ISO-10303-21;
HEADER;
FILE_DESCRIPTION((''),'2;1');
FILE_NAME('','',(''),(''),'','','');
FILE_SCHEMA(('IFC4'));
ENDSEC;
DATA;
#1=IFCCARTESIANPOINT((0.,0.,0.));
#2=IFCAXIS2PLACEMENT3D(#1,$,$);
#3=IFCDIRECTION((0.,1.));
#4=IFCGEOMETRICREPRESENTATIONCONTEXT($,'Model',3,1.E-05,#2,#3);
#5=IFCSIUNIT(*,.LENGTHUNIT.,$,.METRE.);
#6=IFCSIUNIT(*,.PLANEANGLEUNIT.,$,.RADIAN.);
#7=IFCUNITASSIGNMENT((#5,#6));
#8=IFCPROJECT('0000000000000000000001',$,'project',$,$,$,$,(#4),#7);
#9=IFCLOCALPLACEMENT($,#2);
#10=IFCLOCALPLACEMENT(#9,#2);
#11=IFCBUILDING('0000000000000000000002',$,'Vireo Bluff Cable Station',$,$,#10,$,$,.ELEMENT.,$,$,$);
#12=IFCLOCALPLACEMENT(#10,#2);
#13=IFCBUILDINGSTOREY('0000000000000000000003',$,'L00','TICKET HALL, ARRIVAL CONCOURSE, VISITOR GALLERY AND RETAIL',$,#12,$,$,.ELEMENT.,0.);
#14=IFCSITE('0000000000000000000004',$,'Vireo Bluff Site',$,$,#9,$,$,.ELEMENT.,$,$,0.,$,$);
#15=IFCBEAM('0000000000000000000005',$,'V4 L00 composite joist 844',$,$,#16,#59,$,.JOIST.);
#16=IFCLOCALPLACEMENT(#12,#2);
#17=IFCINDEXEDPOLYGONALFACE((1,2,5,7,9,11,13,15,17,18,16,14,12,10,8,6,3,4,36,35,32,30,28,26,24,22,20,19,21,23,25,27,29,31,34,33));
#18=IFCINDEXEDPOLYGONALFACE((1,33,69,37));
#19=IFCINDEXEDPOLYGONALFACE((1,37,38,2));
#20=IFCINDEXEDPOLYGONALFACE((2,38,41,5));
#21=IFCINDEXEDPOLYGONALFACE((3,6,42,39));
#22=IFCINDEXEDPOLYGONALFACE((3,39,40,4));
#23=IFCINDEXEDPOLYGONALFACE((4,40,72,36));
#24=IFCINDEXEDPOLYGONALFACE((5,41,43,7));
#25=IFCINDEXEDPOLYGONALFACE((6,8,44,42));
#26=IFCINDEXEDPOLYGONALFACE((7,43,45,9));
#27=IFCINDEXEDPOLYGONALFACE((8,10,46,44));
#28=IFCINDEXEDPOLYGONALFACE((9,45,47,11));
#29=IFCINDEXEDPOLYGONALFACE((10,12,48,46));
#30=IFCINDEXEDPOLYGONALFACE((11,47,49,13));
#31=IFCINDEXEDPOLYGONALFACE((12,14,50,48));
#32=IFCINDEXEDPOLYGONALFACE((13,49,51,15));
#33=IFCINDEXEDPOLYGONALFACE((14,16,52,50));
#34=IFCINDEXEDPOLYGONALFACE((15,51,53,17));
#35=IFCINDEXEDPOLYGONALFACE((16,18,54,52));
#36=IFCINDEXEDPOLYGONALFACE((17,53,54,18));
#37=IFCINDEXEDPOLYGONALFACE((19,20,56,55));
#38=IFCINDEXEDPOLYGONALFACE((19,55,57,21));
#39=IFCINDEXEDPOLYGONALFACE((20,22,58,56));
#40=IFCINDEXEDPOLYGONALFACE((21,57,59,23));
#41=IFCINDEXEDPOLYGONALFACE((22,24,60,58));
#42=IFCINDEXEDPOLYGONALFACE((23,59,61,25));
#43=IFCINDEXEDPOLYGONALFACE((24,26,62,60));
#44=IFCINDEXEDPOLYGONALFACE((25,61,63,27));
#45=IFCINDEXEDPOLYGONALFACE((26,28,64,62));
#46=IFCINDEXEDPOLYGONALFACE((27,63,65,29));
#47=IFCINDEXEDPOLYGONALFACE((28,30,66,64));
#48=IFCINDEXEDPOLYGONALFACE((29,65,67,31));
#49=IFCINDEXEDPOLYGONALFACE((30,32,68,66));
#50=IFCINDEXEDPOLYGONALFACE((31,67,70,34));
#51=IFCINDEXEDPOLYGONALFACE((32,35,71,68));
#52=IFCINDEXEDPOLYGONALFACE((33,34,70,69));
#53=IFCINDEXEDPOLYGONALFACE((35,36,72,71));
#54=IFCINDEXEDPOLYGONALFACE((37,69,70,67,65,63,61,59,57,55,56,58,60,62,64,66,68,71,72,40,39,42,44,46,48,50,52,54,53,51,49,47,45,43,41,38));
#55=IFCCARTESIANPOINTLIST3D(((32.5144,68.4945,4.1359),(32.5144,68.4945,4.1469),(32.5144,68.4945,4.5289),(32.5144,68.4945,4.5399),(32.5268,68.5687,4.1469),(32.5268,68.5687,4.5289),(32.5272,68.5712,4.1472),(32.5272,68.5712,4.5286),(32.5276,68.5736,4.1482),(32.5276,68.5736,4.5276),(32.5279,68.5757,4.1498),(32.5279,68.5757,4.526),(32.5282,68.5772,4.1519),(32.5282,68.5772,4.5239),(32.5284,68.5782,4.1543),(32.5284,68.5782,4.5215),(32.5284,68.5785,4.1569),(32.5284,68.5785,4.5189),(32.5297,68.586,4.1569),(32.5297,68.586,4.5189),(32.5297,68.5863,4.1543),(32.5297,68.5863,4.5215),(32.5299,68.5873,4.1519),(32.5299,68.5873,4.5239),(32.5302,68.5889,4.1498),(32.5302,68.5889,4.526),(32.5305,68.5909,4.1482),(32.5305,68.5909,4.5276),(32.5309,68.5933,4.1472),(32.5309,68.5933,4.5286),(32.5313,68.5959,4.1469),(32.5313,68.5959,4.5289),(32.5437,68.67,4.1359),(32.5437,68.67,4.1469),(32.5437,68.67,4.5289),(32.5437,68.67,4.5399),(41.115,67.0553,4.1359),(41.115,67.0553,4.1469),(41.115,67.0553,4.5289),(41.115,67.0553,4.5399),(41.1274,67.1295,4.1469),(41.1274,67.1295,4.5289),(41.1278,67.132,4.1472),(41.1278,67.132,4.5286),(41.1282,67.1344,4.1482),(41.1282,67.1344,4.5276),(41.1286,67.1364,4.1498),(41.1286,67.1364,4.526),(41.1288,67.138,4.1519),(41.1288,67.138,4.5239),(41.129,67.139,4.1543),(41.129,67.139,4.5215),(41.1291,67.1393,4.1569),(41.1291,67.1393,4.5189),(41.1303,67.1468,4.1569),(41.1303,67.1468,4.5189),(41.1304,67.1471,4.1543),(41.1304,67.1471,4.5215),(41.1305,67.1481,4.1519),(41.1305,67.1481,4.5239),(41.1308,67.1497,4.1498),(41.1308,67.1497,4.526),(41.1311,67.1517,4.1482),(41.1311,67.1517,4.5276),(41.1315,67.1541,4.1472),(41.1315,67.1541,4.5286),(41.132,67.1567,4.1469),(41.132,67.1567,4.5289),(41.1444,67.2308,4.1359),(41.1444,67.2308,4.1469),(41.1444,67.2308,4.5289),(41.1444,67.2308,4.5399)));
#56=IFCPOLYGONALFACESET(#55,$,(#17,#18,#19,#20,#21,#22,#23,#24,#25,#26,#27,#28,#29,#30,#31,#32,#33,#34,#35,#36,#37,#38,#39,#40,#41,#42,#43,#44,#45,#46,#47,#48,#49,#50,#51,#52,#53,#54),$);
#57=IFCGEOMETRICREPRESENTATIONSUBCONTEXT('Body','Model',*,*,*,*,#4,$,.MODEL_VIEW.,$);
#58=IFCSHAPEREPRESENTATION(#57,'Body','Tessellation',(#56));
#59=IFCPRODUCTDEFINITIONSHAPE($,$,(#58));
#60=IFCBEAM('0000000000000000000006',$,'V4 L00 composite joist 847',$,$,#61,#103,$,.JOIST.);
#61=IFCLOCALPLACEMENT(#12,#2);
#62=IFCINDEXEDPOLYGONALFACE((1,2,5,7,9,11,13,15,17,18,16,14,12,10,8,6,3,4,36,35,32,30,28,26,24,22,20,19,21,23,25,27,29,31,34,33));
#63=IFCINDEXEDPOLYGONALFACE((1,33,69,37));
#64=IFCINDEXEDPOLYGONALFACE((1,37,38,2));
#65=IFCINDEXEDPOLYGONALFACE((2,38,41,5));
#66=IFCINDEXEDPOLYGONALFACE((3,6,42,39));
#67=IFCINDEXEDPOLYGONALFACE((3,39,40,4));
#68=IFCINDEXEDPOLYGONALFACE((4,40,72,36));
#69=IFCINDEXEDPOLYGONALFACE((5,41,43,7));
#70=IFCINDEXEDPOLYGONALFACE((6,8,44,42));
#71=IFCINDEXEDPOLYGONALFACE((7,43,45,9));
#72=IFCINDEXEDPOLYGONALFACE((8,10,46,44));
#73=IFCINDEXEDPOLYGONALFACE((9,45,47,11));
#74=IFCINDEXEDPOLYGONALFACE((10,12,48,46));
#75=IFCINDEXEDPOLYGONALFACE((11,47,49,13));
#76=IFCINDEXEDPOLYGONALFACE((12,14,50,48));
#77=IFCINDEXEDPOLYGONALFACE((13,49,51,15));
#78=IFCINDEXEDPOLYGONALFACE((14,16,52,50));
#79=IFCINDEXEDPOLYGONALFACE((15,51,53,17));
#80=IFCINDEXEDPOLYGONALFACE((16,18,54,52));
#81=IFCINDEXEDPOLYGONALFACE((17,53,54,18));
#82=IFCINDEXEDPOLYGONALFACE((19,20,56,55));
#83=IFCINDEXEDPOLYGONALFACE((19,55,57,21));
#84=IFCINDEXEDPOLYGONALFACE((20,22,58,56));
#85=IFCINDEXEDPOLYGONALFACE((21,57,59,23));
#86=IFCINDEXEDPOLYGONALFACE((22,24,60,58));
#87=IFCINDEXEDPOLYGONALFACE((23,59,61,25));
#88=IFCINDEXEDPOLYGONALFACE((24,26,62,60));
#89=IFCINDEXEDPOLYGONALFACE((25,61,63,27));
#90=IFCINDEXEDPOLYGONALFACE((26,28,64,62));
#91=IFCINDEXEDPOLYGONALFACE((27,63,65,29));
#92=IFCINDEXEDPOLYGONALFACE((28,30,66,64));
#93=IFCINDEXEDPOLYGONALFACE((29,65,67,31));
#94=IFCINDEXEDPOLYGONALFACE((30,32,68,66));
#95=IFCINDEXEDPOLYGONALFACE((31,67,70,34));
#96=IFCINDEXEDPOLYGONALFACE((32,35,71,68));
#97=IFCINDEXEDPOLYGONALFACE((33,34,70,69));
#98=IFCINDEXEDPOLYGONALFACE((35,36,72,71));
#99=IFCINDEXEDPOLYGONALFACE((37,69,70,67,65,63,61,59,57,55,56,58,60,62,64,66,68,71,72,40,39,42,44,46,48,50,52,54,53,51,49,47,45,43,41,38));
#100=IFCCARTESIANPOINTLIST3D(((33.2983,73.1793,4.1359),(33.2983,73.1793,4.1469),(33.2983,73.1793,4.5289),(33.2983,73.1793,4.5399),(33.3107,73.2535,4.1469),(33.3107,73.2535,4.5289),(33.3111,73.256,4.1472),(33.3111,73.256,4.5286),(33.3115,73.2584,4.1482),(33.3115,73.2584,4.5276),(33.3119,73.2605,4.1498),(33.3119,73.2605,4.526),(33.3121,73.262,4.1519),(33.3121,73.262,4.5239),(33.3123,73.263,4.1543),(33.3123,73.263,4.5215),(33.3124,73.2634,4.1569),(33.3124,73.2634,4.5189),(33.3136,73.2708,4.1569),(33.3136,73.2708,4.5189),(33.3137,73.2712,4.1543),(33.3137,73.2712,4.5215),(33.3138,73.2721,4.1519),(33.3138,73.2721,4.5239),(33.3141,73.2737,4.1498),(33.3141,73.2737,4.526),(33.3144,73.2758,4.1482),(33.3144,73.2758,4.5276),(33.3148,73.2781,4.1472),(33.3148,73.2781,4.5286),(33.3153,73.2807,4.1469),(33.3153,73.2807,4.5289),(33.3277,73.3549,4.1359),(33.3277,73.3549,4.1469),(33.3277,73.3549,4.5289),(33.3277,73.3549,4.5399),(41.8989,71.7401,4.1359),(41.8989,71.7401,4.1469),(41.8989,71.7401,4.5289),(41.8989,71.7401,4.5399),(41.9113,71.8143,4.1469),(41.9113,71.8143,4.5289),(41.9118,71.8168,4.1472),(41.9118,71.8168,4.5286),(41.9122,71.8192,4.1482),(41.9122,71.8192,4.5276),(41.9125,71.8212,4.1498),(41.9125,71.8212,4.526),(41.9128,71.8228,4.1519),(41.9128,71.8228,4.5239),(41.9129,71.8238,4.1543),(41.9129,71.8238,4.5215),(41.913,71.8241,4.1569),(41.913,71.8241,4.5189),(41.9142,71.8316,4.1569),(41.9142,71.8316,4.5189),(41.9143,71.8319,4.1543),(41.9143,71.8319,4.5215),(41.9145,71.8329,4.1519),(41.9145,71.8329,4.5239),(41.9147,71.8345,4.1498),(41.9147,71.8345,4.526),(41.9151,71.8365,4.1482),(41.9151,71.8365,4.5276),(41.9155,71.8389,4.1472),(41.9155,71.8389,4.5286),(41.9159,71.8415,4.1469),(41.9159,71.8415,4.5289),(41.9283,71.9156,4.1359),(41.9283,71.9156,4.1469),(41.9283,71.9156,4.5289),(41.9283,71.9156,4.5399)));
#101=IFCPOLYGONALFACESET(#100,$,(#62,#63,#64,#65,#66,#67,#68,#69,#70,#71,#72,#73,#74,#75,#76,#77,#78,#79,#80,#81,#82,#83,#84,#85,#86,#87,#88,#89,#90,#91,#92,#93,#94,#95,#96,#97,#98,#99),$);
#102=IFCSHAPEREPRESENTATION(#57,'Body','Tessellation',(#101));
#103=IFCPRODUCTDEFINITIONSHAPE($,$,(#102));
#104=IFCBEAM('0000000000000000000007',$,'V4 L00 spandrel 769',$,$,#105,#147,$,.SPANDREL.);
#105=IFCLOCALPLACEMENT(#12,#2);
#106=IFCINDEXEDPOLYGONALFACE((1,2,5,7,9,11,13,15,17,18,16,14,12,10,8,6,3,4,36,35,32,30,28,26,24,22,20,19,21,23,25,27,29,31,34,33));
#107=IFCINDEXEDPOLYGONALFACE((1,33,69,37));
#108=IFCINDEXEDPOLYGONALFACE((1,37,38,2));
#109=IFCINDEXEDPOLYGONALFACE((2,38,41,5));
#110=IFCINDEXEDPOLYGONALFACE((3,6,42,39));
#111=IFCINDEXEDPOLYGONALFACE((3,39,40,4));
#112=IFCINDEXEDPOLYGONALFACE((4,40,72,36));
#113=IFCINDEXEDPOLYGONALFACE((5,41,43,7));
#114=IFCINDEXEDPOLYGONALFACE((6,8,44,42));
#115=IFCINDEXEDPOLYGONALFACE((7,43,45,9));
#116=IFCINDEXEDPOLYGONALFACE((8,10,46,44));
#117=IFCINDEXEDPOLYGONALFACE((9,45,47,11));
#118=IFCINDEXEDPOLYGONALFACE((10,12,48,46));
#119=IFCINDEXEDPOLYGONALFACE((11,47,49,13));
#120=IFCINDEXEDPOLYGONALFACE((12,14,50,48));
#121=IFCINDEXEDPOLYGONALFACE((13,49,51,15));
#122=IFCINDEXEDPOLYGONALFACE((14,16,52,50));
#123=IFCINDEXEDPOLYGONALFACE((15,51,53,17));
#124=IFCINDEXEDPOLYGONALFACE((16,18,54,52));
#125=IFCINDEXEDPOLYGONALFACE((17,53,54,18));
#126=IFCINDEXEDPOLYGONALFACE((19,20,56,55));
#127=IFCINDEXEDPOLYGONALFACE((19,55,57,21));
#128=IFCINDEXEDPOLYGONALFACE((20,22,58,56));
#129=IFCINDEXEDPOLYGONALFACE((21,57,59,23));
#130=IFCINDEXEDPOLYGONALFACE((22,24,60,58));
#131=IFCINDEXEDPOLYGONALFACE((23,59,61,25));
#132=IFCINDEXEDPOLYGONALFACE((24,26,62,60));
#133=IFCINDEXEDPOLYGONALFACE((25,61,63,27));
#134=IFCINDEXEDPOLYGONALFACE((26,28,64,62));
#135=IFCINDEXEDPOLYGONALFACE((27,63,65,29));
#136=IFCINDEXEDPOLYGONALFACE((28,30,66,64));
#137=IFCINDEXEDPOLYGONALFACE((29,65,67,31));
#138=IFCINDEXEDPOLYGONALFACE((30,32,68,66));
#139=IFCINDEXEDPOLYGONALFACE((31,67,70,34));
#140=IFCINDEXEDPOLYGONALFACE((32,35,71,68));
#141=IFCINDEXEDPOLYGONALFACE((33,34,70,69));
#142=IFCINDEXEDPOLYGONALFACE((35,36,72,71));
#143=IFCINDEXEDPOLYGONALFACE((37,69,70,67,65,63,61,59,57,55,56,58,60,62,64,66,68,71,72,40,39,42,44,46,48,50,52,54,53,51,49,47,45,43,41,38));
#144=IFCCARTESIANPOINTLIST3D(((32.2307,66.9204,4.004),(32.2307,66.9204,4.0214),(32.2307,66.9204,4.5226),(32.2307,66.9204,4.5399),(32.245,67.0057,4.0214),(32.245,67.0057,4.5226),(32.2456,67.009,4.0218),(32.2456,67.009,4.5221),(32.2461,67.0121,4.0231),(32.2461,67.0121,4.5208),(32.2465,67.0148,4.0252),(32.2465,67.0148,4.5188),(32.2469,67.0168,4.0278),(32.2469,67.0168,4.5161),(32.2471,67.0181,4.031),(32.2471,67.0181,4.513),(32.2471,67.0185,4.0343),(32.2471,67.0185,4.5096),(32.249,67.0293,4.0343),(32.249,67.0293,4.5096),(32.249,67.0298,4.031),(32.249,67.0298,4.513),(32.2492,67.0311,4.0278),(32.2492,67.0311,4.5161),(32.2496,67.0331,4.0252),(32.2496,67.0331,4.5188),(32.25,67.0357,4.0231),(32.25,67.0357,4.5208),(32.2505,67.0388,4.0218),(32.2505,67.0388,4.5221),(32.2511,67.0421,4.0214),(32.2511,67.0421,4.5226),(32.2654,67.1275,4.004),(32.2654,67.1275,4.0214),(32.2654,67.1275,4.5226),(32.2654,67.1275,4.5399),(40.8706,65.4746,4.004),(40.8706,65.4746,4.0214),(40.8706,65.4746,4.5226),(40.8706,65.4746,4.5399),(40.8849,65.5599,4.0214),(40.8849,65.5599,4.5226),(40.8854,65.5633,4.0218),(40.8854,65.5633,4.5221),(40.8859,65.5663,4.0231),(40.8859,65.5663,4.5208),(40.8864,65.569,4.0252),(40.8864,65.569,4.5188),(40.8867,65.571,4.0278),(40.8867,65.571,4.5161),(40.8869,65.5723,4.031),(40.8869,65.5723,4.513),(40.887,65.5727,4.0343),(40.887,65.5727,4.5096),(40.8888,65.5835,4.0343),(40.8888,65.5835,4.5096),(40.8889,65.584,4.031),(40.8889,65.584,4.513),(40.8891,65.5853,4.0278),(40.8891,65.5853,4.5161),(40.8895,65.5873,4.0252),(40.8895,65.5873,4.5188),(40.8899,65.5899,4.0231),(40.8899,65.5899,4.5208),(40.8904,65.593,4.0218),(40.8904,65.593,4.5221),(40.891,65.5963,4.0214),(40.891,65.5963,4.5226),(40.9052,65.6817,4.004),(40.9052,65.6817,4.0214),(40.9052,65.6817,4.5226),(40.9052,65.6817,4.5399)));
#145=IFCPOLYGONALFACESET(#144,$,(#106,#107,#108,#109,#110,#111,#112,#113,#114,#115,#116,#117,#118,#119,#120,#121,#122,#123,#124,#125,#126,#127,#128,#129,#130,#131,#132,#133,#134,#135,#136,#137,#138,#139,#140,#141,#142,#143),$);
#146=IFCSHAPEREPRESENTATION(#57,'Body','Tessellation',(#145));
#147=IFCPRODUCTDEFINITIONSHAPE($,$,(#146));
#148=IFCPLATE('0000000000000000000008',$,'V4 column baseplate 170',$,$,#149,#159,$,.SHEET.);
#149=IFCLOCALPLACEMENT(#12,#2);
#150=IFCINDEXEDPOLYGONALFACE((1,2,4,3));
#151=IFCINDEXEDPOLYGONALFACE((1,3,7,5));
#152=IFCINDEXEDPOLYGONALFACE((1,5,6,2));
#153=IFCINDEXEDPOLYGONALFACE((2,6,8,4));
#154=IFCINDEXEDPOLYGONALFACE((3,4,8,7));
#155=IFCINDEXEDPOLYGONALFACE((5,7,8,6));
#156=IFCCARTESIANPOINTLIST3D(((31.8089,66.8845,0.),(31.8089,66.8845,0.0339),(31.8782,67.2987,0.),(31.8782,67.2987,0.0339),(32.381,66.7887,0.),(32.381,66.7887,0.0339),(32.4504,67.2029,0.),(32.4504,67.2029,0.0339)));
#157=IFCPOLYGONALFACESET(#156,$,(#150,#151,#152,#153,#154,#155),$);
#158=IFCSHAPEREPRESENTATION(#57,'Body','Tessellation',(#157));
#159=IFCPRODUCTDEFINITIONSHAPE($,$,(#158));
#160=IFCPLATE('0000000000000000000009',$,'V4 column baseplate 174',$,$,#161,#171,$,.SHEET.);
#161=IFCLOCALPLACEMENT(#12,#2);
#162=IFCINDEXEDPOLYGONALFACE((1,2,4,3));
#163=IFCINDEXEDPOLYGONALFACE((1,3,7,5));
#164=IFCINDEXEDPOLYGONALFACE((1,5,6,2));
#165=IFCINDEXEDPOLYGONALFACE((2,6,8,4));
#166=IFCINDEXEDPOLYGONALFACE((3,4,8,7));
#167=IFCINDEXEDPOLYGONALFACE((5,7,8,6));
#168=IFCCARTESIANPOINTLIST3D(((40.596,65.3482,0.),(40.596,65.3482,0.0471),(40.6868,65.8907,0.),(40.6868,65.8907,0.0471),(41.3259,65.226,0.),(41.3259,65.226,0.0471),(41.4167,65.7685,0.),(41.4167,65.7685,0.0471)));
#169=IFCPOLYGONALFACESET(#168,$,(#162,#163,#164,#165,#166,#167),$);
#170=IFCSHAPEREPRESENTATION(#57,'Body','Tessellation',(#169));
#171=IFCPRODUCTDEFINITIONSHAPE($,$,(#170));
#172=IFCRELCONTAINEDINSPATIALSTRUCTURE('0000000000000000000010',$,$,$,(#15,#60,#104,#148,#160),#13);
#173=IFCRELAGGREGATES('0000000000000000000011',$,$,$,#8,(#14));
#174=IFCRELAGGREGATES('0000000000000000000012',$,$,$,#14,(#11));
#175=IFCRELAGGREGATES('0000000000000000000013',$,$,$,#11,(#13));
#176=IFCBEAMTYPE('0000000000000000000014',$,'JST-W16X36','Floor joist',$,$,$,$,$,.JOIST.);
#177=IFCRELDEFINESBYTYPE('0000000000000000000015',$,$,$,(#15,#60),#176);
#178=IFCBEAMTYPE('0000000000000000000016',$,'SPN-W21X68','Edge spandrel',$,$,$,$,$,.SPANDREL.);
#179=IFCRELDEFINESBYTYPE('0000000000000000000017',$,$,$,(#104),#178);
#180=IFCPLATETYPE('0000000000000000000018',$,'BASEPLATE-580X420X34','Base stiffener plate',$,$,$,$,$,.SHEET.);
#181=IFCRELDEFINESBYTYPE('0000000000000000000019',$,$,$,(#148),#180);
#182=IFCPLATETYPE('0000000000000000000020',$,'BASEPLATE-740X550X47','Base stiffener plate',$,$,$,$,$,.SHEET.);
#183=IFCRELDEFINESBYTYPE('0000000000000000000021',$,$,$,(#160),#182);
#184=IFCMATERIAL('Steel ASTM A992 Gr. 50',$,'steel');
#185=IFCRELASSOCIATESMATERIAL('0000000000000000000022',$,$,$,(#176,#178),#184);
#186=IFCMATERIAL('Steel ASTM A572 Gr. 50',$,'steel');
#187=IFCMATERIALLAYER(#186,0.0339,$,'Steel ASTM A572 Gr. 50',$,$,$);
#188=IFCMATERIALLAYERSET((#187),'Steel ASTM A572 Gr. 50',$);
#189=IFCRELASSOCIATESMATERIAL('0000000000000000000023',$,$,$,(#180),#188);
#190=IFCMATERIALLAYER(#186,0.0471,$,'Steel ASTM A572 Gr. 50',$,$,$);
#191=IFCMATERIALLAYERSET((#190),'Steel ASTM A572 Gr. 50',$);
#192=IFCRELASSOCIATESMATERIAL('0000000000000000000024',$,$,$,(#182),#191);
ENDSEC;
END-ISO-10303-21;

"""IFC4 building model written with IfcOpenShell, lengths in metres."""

from ifc_helpers import new_model, si_unit, direction, frame, origin, origin_2d, place, context, subcontext, project, spatial, rectangle, i_section, extrude, material, layer, layer_set, material_profile, profile_set, type_object, element, save


model = new_model("IFC4")

# Units and contexts
model_context = context("Model", 3, precision=1e-05, world=origin(), true_north=direction((0.0, 1.0)))
body_context = subcontext(model_context, "Body", "Model", "MODEL_VIEW")
ifc_project = project(units=[si_unit("LENGTHUNIT", "METRE"), si_unit("PLANEANGLEUNIT", "RADIAN")], contexts=[model_context])

# Site, building, storey
site_placement = place(None, origin())
site = spatial("IfcSite", under=ifc_project, at=site_placement, Name="Vireo Bluff Site", CompositionType="ELEMENT", RefElevation=0.0)
building_placement = place(site_placement, origin())
building = spatial("IfcBuilding", under=site, at=building_placement, Name="Vireo Bluff Cable Station", CompositionType="ELEMENT")
storey_placement = place(building_placement, origin())
storey = spatial("IfcBuildingStorey", under=building, at=storey_placement, Name="L00", Description="TICKET HALL, ARRIVAL CONCOURSE, VISITOR GALLERY AND RETAIL", CompositionType="ELEMENT", Elevation=0.0)

# Shared definitions
ifc_material_1 = material(Name="Steel ASTM A992 Gr. 50", Category="steel")

# Beams
ifc_material_profile_1 = material_profile(ifc_material_1, i_section(OverallWidth=0.178, OverallDepth=0.4041, WebThickness=0.0076, FlangeThickness=0.011, FilletRadius=0.01, at=origin_2d()), Name="W16X36")
ifc_profile_set_1 = profile_set([ifc_material_profile_1], Name="Steel ASTM A992 Gr. 50")
beam_type_1 = type_object("IfcBeamType", Name="JST-W16X36", Description="Floor joist", PredefinedType="JOIST", material=ifc_profile_set_1)
for number, where, z_axis, x_axis, name in (
    (1, (32.5291, 68.5823, 4.3379), (0.986286, -0.165044, 0.0), (0.165044, 0.986286, 0.0), "V4 L00 composite joist 844"),
    (2, (33.313, 73.2671, 4.3379), (0.986286, -0.165044, 0.0), (0.165044, 0.986286, 0.0), "V4 L00 composite joist 847"),
):
    element("IfcBeam", number, at=place(storey_placement, frame(where, z_axis=z_axis, x_axis=x_axis)), inside=storey, type_object=beam_type_1, Name=name, PredefinedType="JOIST", context=body_context, shape_type="SweptSolid", body=[
        extrude(i_section(OverallWidth=0.178, OverallDepth=0.4041, WebThickness=0.0076, FlangeThickness=0.011, FilletRadius=0.01, at=origin_2d()), origin(), (0.0, 0.0, 1.0), 8.7202),
    ])
ifc_material_profile_2 = material_profile(ifc_material_1, i_section(OverallWidth=0.21, OverallDepth=0.5359, WebThickness=0.011, FlangeThickness=0.0173, FilletRadius=0.0129, at=origin_2d()), Name="W21X68")
ifc_profile_set_2 = profile_set([ifc_material_profile_2], Name="Steel ASTM A992 Gr. 50")
beam_type_2 = type_object("IfcBeamType", Name="SPN-W21X68", Description="Edge spandrel", PredefinedType="SPANDREL", material=ifc_profile_set_2)
beam_1_placement = place(storey_placement, frame((32.248, 67.0239, 4.272), z_axis=(0.986286, -0.165045, 0.0), x_axis=(0.165045, 0.986286, 0.0)))
element("IfcBeam", 3, at=beam_1_placement, inside=storey, type_object=beam_type_2, Name="V4 L00 spandrel 769", PredefinedType="SPANDREL", context=body_context, shape_type="SweptSolid", body=[
    extrude(i_section(OverallWidth=0.21, OverallDepth=0.5359, WebThickness=0.011, FlangeThickness=0.0173, FilletRadius=0.0129, at=origin_2d()), origin(), (0.0, 0.0, 1.0), 8.76),
])

# Plates
ifc_material_2 = material(Name="Steel ASTM A572 Gr. 50", Category="steel")
ifc_layer_1 = layer(ifc_material_2, 0.0339, Name="Steel ASTM A572 Gr. 50")
ifc_layer_set_1 = layer_set([ifc_layer_1], Name="Steel ASTM A572 Gr. 50")
plate_type_1 = type_object("IfcPlateType", Name="BASEPLATE-580X420X34", Description="Base stiffener plate", PredefinedType="SHEET", material=ifc_layer_set_1)
plate_1_placement = place(storey_placement, frame((32.1296, 67.0437, 0.0), z_axis=(0.0, 0.0, 1.0), x_axis=(0.986286, -0.165048, 0.0)))
element("IfcPlate", 4, at=plate_1_placement, inside=storey, type_object=plate_type_1, Name="V4 column baseplate 170", PredefinedType="SHEET", context=body_context, shape_type="SweptSolid", body=[
    extrude(rectangle(XDim=0.5801, YDim=0.4199, at=origin_2d()), origin(), (0.0, 0.0, 1.0), 0.0339),
])
ifc_layer_2 = layer(ifc_material_2, 0.0471, Name="Steel ASTM A572 Gr. 50")
ifc_layer_set_2 = layer_set([ifc_layer_2], Name="Steel ASTM A572 Gr. 50")
plate_type_2 = type_object("IfcPlateType", Name="BASEPLATE-740X550X47", Description="Base stiffener plate", PredefinedType="SHEET", material=ifc_layer_set_2)
plate_2_placement = place(storey_placement, frame((41.0063, 65.5583, 0.0), z_axis=(0.0, 0.0, 1.0), x_axis=(0.986286, -0.165048, 0.0)))
element("IfcPlate", 5, at=plate_2_placement, inside=storey, type_object=plate_type_2, Name="V4 column baseplate 174", PredefinedType="SHEET", context=body_context, shape_type="SweptSolid", body=[
    extrude(rectangle(XDim=0.74, YDim=0.55, at=origin_2d()), origin(), (0.0, 0.0, 1.0), 0.0471),
])

save(model, "model.ifc")
